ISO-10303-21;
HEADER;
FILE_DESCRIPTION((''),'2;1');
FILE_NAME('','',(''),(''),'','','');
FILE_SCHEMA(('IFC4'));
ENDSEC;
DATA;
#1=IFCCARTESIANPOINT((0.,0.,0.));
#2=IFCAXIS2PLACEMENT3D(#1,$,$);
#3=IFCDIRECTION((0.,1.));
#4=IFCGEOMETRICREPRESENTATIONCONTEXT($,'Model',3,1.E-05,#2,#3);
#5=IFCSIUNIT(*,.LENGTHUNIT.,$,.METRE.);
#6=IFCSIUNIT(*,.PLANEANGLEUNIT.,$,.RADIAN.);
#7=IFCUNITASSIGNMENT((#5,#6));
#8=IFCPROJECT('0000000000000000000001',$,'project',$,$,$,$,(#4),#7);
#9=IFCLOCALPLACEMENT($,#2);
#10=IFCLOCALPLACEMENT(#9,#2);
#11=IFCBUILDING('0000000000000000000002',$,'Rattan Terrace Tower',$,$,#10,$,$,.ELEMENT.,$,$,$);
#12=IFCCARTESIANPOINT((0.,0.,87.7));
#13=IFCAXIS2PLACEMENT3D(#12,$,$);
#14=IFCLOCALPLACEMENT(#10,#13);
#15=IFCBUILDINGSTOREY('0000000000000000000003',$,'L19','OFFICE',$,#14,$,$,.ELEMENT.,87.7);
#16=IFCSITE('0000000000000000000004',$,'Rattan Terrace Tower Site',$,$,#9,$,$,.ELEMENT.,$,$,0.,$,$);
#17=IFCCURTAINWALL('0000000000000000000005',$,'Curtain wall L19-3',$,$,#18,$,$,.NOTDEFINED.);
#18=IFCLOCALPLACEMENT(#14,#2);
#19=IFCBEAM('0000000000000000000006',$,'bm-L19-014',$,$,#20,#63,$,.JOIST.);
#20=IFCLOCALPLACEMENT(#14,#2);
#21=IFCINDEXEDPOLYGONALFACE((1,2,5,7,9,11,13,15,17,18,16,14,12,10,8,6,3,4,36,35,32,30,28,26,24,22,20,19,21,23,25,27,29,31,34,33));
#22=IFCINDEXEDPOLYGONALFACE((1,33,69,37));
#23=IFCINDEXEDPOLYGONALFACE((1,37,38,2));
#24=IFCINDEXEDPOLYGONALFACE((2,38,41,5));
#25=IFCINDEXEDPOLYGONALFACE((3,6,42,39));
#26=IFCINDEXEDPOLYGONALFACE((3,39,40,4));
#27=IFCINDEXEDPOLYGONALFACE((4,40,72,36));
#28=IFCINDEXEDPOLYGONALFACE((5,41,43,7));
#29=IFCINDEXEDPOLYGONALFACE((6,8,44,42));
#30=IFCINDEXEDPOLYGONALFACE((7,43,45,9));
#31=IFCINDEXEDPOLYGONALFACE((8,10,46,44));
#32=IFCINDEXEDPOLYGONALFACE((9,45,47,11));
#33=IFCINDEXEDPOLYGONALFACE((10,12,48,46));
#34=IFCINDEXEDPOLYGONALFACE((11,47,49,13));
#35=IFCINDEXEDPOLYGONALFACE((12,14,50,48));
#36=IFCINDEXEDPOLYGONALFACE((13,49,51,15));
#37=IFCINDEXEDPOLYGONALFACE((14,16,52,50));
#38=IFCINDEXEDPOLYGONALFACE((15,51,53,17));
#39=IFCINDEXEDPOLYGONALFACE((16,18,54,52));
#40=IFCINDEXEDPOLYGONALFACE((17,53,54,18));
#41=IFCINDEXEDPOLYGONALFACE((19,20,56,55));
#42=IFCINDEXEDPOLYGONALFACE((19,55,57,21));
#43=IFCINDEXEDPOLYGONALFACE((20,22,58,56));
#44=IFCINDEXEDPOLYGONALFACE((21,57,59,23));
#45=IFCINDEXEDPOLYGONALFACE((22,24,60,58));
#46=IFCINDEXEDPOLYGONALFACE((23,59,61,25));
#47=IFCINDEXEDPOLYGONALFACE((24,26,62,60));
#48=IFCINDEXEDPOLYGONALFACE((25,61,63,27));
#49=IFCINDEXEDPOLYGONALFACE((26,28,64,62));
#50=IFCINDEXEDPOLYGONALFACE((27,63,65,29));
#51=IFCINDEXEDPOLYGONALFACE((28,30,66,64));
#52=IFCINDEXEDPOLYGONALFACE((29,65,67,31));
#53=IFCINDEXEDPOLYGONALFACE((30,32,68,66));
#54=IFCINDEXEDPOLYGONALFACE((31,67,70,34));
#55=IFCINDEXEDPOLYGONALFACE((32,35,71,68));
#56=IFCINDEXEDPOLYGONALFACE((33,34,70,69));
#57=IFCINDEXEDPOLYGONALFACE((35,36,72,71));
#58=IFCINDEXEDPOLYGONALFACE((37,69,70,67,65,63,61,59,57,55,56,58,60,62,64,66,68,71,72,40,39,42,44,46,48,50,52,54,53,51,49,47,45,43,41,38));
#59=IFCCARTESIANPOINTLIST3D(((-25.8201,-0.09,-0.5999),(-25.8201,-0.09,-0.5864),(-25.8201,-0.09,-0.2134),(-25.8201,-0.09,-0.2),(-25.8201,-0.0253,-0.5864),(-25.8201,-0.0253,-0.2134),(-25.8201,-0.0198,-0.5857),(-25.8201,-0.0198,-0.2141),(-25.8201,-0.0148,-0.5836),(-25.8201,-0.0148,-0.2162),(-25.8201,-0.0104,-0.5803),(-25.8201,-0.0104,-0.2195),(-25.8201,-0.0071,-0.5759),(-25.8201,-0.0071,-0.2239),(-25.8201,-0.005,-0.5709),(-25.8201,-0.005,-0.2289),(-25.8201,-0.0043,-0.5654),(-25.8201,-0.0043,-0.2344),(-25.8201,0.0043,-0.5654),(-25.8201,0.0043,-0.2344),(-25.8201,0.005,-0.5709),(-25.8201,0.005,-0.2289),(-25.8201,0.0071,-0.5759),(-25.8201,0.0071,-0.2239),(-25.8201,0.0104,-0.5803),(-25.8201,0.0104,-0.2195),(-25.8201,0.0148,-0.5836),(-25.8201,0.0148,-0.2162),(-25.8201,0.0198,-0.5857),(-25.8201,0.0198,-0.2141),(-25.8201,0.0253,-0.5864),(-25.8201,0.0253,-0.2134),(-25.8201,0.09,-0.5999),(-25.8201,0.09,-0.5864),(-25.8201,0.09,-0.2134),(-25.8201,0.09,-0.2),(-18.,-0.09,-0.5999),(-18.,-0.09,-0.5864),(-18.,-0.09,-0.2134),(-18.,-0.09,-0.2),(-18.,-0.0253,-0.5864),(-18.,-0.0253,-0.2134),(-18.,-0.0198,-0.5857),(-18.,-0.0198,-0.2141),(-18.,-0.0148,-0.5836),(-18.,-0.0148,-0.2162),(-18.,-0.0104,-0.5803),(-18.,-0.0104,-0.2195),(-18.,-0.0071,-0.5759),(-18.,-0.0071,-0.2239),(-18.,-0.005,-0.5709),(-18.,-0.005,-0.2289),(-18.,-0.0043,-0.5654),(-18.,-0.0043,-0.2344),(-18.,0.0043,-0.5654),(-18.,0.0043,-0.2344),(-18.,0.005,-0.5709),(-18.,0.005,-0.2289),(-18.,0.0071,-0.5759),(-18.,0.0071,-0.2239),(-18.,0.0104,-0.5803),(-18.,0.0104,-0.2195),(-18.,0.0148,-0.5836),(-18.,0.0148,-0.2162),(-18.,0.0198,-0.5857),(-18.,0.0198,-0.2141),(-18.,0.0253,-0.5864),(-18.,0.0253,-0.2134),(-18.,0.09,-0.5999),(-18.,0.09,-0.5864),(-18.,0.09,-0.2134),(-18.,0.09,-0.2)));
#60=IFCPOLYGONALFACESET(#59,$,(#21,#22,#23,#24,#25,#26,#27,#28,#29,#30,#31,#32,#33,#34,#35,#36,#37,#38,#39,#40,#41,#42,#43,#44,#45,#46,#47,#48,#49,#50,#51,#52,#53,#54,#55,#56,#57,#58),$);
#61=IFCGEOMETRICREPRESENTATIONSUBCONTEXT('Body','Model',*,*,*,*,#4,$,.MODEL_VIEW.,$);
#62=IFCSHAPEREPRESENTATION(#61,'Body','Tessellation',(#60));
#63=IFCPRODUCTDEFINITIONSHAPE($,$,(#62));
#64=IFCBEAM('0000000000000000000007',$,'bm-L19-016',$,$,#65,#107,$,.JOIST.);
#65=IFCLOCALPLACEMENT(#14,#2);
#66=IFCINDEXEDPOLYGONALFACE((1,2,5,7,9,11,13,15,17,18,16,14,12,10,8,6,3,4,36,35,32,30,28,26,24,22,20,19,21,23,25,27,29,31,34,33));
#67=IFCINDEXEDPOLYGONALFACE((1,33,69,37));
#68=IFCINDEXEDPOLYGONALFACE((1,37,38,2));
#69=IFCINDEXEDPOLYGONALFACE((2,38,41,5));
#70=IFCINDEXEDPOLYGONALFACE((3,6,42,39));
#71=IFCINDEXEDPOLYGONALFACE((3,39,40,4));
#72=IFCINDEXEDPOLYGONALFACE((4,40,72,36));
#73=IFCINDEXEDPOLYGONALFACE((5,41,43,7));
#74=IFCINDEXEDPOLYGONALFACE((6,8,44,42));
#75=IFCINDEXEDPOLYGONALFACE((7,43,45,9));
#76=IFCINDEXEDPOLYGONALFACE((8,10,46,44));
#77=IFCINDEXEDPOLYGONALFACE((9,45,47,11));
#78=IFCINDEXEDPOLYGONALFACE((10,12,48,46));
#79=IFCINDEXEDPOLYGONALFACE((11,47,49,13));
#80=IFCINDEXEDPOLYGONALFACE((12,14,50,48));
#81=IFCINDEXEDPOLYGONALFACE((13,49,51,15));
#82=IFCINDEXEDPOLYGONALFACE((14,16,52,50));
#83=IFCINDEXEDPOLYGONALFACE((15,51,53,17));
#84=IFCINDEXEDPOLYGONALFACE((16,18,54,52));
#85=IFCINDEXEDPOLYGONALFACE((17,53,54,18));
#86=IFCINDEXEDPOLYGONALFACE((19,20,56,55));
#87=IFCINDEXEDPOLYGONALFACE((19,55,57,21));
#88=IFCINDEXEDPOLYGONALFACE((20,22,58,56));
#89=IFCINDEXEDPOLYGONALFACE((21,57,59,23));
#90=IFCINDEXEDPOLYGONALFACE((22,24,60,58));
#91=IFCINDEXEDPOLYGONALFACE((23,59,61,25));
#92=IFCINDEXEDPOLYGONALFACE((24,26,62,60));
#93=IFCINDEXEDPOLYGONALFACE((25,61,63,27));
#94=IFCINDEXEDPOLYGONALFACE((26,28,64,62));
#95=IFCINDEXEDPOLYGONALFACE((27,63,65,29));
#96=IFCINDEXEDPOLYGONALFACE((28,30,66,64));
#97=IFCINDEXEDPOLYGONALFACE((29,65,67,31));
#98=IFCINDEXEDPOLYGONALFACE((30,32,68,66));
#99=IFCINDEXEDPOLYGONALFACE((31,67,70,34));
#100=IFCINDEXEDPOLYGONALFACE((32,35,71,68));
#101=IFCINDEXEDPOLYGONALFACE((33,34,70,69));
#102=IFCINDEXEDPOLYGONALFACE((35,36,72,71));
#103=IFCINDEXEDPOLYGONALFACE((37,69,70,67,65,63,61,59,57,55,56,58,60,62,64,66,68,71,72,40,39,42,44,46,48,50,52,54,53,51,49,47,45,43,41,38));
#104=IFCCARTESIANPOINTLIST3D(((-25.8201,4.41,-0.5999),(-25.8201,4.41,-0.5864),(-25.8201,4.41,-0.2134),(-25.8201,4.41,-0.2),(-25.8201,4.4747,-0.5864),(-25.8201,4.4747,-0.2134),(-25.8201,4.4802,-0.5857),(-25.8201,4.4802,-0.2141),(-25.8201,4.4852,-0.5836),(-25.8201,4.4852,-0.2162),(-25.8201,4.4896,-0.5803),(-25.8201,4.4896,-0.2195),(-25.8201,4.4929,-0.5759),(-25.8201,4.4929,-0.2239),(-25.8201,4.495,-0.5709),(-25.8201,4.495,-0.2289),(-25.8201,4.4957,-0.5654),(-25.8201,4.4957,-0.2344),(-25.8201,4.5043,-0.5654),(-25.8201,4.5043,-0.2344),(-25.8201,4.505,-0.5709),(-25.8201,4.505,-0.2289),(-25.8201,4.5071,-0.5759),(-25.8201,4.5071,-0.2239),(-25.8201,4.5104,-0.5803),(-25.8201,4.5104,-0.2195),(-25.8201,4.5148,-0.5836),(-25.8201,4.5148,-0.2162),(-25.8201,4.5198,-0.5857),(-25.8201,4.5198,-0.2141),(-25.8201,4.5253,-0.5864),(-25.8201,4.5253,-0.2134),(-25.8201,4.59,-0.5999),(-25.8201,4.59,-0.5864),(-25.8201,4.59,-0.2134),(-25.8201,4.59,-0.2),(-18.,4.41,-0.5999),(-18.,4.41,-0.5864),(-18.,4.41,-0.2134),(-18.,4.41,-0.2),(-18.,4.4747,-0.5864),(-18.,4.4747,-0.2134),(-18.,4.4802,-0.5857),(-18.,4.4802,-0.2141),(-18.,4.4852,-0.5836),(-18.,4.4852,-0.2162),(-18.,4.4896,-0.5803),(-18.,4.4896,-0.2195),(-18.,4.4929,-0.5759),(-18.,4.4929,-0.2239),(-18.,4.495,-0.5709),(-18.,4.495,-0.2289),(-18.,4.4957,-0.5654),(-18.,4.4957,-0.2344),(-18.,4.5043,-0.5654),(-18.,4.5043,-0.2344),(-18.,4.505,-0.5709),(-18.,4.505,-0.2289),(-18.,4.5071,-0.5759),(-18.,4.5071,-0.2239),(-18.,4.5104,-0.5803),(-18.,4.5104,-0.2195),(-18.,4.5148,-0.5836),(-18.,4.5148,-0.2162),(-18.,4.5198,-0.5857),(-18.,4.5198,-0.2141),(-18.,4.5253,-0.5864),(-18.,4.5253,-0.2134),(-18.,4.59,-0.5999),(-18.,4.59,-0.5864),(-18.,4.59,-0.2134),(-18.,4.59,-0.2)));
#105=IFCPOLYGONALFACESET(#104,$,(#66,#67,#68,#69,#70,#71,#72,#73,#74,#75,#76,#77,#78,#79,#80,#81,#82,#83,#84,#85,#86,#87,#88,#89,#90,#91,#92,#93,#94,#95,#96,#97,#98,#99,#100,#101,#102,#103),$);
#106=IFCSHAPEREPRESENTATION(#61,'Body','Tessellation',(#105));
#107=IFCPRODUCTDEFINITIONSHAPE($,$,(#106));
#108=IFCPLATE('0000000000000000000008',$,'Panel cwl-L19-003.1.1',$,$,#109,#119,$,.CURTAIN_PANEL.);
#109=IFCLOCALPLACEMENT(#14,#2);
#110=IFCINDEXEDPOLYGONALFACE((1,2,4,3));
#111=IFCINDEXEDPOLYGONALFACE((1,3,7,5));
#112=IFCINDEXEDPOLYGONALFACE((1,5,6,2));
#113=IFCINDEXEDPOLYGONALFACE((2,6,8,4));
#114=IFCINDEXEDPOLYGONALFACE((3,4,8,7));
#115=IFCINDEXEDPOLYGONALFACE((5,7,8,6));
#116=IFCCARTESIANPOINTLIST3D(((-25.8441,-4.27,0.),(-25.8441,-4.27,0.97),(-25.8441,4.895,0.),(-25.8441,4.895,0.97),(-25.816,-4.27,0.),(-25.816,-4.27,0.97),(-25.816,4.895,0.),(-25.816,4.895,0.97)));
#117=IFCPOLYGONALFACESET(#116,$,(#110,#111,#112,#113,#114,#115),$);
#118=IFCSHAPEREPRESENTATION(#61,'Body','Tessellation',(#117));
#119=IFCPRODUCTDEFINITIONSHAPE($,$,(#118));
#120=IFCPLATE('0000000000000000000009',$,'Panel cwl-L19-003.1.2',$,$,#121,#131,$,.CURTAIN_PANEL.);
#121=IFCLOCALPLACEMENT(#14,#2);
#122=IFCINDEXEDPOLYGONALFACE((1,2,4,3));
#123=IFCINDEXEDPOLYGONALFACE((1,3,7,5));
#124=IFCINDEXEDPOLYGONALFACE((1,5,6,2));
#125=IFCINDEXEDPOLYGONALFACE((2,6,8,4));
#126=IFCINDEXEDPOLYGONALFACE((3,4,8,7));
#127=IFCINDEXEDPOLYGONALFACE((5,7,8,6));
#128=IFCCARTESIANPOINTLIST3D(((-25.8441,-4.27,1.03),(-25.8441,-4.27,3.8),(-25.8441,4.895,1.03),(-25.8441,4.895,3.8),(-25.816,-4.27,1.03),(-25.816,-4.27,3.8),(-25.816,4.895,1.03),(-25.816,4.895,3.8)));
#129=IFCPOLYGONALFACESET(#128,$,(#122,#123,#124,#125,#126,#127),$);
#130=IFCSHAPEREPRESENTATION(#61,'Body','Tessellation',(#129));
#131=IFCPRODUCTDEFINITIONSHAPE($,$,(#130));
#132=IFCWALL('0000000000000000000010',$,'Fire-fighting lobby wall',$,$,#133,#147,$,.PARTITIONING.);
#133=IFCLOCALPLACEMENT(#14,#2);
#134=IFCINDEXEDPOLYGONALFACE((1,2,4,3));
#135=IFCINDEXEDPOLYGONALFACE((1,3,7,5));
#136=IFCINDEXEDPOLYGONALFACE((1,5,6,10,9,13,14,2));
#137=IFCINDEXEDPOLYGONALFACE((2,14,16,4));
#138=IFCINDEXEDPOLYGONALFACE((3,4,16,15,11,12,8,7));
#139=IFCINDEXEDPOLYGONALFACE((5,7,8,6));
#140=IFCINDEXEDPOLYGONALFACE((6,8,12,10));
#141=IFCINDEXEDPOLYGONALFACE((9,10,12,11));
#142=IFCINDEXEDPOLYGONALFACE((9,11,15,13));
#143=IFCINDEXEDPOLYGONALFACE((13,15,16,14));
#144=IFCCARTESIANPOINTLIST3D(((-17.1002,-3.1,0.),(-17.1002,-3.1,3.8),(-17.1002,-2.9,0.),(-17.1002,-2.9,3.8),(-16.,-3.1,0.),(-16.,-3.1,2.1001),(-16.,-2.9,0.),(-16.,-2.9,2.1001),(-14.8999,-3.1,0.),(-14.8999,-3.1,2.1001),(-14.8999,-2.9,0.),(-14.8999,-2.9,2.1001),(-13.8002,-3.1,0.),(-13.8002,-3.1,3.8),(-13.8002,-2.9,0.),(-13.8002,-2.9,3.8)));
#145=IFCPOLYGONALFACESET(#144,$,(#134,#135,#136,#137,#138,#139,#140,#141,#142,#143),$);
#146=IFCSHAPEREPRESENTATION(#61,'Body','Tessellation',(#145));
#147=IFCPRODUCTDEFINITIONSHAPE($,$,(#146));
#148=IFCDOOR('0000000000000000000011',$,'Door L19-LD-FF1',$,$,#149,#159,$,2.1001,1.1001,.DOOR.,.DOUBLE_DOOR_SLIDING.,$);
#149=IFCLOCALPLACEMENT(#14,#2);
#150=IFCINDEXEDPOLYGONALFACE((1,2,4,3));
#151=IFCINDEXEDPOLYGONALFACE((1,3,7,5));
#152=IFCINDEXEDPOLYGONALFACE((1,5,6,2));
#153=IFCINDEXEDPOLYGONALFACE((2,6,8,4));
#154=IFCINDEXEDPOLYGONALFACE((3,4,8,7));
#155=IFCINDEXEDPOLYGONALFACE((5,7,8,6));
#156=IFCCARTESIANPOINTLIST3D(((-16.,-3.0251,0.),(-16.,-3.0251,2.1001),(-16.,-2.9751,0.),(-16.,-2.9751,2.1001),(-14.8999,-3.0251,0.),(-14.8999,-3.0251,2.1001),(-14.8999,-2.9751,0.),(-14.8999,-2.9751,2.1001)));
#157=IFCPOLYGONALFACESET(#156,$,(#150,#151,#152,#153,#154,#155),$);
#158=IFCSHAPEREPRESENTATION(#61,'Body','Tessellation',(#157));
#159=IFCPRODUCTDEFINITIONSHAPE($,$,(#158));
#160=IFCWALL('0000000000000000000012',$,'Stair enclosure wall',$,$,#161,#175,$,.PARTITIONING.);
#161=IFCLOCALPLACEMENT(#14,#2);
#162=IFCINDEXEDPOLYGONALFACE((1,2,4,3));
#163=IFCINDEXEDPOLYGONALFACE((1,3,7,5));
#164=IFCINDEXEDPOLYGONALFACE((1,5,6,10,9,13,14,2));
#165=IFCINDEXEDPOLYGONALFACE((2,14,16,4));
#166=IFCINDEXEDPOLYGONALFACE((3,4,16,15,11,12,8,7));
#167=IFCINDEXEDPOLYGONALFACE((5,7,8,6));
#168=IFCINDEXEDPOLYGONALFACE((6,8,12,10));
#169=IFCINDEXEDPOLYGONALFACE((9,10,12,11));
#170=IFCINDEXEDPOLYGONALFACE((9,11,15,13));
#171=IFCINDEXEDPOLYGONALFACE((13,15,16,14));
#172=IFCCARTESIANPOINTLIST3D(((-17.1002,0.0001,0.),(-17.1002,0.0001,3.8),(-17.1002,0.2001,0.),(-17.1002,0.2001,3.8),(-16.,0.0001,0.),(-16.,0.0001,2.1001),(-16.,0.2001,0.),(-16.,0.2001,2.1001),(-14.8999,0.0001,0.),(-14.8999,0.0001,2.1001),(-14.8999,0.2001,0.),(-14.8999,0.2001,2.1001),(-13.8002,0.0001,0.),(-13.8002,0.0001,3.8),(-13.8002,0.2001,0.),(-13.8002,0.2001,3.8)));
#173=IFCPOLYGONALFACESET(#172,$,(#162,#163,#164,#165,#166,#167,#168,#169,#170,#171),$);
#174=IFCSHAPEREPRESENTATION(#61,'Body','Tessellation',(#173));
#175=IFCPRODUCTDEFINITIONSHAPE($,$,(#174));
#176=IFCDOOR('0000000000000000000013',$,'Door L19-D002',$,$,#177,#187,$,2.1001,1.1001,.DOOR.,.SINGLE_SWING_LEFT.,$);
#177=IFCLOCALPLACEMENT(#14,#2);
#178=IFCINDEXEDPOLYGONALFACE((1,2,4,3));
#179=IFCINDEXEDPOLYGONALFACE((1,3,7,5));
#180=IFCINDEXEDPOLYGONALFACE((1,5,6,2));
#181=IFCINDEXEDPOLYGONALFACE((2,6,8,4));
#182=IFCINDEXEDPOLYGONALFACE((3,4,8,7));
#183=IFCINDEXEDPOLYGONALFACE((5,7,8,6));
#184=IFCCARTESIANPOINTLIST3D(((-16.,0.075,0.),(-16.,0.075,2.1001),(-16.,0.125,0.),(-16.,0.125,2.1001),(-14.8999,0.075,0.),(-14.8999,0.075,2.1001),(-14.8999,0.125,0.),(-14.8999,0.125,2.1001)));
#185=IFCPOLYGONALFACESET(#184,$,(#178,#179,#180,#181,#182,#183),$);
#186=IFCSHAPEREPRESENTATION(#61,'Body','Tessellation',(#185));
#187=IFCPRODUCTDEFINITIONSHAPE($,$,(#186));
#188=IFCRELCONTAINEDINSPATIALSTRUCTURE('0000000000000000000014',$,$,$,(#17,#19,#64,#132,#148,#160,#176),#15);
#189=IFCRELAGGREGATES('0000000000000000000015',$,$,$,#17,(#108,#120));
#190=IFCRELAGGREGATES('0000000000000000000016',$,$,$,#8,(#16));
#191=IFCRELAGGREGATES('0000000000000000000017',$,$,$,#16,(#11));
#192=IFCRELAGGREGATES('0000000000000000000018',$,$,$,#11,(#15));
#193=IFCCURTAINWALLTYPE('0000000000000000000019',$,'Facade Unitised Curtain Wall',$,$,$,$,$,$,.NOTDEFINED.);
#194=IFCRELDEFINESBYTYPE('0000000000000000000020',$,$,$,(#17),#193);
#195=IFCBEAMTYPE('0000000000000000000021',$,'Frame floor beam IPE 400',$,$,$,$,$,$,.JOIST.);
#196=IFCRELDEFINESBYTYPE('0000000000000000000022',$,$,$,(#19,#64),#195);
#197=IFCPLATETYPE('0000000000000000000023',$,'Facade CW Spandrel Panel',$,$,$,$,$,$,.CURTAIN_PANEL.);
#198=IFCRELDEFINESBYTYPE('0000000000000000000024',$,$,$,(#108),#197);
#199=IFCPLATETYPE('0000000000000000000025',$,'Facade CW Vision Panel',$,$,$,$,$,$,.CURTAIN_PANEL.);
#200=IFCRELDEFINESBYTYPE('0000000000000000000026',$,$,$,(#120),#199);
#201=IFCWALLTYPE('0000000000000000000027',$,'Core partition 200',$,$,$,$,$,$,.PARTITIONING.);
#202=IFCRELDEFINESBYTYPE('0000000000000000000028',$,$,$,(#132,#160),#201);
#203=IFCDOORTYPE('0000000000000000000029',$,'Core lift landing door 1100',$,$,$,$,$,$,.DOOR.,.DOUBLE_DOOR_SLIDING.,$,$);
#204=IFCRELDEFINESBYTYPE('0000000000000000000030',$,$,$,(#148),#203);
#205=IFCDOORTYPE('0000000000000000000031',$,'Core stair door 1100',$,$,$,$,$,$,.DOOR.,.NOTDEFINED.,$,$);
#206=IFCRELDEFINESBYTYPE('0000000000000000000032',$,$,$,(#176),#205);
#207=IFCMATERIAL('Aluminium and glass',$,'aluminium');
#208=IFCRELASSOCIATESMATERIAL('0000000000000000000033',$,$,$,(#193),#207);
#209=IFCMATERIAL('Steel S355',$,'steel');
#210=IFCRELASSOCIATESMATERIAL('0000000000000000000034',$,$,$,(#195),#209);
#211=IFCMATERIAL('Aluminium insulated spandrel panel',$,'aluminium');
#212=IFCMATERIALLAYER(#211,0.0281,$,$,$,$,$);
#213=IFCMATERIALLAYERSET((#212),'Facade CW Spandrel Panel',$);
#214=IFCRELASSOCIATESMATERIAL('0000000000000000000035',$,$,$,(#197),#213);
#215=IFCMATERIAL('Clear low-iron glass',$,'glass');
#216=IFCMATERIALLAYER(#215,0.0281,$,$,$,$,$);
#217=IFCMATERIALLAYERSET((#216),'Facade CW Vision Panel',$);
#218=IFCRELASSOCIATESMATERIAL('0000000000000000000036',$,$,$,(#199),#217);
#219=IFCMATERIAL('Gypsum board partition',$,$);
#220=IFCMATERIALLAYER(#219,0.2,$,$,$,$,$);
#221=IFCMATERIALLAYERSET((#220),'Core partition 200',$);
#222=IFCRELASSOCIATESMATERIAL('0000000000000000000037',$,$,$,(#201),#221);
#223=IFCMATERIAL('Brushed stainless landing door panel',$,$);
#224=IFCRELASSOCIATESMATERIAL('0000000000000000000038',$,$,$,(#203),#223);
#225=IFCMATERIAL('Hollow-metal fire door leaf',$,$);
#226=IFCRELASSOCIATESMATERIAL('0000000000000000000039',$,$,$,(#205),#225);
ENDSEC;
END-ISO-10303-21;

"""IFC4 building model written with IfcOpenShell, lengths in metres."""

from ifc_helpers import new_model, si_unit, direction, frame, frame_2d, origin, origin_2d, place, context, subcontext, project, spatial, rectangle, i_section, extrude, material, layer, layer_set, material_profile, profile_set, type_object, element, fill, aggregate, save


model = new_model("IFC4")

# Units and contexts
model_context = context("Model", 3, precision=1e-05, world=origin(), true_north=direction((0.0, 1.0)))
body_context = subcontext(model_context, "Body", "Model", "MODEL_VIEW")
ifc_project = project(units=[si_unit("LENGTHUNIT", "METRE"), si_unit("PLANEANGLEUNIT", "RADIAN")], contexts=[model_context])

# Site, building, storey
site_placement = place(None, origin())
site = spatial("IfcSite", under=ifc_project, at=site_placement, Name="Rattan Terrace Tower Site", CompositionType="ELEMENT", RefElevation=0.0)
building_placement = place(site_placement, origin())
building = spatial("IfcBuilding", under=site, at=building_placement, Name="Rattan Terrace Tower", CompositionType="ELEMENT")
storey_placement = place(building_placement, frame((0.0, 0.0, 87.7)))
storey = spatial("IfcBuildingStorey", under=building, at=storey_placement, Name="L19", Description="OFFICE", CompositionType="ELEMENT", Elevation=87.7)

# Curtain wall
ifc_material_1 = material(Name="Aluminium and glass", Category="aluminium")
curtain_wall_type = type_object("IfcCurtainWallType", Name="Facade Unitised Curtain Wall", PredefinedType="NOTDEFINED", material=ifc_material_1)
curtain_wall_placement = place(storey_placement, origin())
curtain_wall = element("IfcCurtainWall", 1, at=curtain_wall_placement, inside=storey, type_object=curtain_wall_type, Name="Curtain wall L19-3", PredefinedType="NOTDEFINED")

# Beams
ifc_material_2 = material(Name="Steel S355", Category="steel")
ifc_material_profile_1 = material_profile(ifc_material_2, i_section(OverallWidth=0.1799, OverallDepth=0.3999, WebThickness=0.0085, FlangeThickness=0.0134, FilletRadius=0.021, at=origin_2d()), Name="IPE 400")
ifc_profile_set_1 = profile_set([ifc_material_profile_1], Name="Steel S355")
beam_type_1 = type_object("IfcBeamType", Name="Frame floor beam IPE 400", PredefinedType="JOIST", material=ifc_profile_set_1)
for number, where, z_axis, x_axis, name in (
    (2, (-25.8201, 0.0, -0.3999), (1.0, 0.0, 0.0), (0.0, 1.0, 0.0), "bm-L19-014"),
    (3, (-25.8201, 4.5, -0.3999), (1.0, 0.0, 0.0), (0.0, 1.0, 0.0), "bm-L19-016"),
):
    element("IfcBeam", number, at=place(storey_placement, frame(where, z_axis=z_axis, x_axis=x_axis)), inside=storey, type_object=beam_type_1, Name=name, PredefinedType="JOIST", context=body_context, shape_type="SweptSolid", body=[
        extrude(i_section(OverallWidth=0.1799, OverallDepth=0.3999, WebThickness=0.0085, FlangeThickness=0.0134, FilletRadius=0.021, at=origin_2d()), origin(), (0.0, 0.0, 1.0), 7.8201),
    ])

# Plates
ifc_material_3 = material(Name="Aluminium insulated spandrel panel", Category="aluminium")
ifc_layer_1 = layer(ifc_material_3, 0.0281)
ifc_layer_set_1 = layer_set([ifc_layer_1], Name="Facade CW Spandrel Panel")
plate_type_1 = type_object("IfcPlateType", Name="Facade CW Spandrel Panel", PredefinedType="CURTAIN_PANEL", material=ifc_layer_set_1)
plate_1_placement = place(storey_placement, frame((-25.8301, 0.3125, 0.0), z_axis=(0.0, 0.0, 1.0), x_axis=(0.0, -1.0, 0.0)))
plate_1 = element("IfcPlate", 4, at=plate_1_placement, type_object=plate_type_1, Name="Panel cwl-L19-003.1.1", PredefinedType="CURTAIN_PANEL", context=body_context, shape_type="SweptSolid", body=[
    extrude(rectangle(XDim=9.165, YDim=0.0281, at=origin_2d()), origin(), (0.0, 0.0, 1.0), 0.97),
])
ifc_material_4 = material(Name="Clear low-iron glass", Category="glass")
ifc_layer_2 = layer(ifc_material_4, 0.0281)
ifc_layer_set_2 = layer_set([ifc_layer_2], Name="Facade CW Vision Panel")
plate_type_2 = type_object("IfcPlateType", Name="Facade CW Vision Panel", PredefinedType="CURTAIN_PANEL", material=ifc_layer_set_2)
plate_2_placement = place(storey_placement, frame((-25.8301, 0.3125, 1.03), z_axis=(0.0, 0.0, 1.0), x_axis=(0.0, -1.0, 0.0)))
plate_2 = element("IfcPlate", 5, at=plate_2_placement, type_object=plate_type_2, Name="Panel cwl-L19-003.1.2", PredefinedType="CURTAIN_PANEL", context=body_context, shape_type="SweptSolid", body=[
    extrude(rectangle(XDim=9.165, YDim=0.0281, at=origin_2d()), origin(), (0.0, 0.0, 1.0), 2.77),
])
aggregate(curtain_wall, [plate_1, plate_2])

# Walls, openings, doors
ifc_material_5 = material(Name="Gypsum board partition")
ifc_layer_3 = layer(ifc_material_5, 0.2)
ifc_layer_set_3 = layer_set([ifc_layer_3], Name="Core partition 200")
wall_type_1 = type_object("IfcWallType", Name="Core partition 200", PredefinedType="PARTITIONING", material=ifc_layer_set_3)
wall_1_placement = place(storey_placement, frame((-17.1001, -3.0, 0.0), z_axis=(0.0, 0.0, 1.0), x_axis=(1.0, 0.0, 0.0)))
wall_1 = element("IfcWall", 6, at=wall_1_placement, inside=storey, type_object=wall_type_1, Name="Fire-fighting lobby wall", PredefinedType="PARTITIONING", context=body_context, shape_type="SweptSolid", body=[
    extrude(rectangle(XDim=3.3, YDim=0.2, at=frame_2d((1.6499, 0.0))), origin(), (0.0, 0.0, 1.0), 3.8),
])
opening_1_placement = place(wall_1_placement, frame((1.1001, 0.0, 0.0)))
opening_1 = element("IfcOpeningElement", 7, at=opening_1_placement, cuts=wall_1, PredefinedType="OPENING", context=body_context, shape_type="SweptSolid", body=[
    extrude(rectangle(XDim=1.1001, YDim=2.1001, at=frame_2d((0.55, 1.05))), frame((0.0, 0.1106, 0.0), z_axis=(0.0, -1.0, 0.0), x_axis=(1.0, 0.0, 0.0)), (0.0, 0.0, 1.0), 0.2209),
])
ifc_material_6 = material(Name="Brushed stainless landing door panel")
door_type_1 = type_object("IfcDoorType", Name="Core lift landing door 1100", OperationType="DOUBLE_DOOR_SLIDING", PredefinedType="DOOR", material=ifc_material_6)
door_1_placement = place(opening_1_placement, origin())
door_1 = element("IfcDoor", 8, at=door_1_placement, inside=storey, type_object=door_type_1, Name="Door L19-LD-FF1", OperationType="DOUBLE_DOOR_SLIDING", OverallHeight=2.1001, OverallWidth=1.1001, PredefinedType="DOOR", context=body_context, shape_type="SweptSolid", body=[
    extrude(rectangle(XDim=1.1001, YDim=2.1001, at=frame_2d((0.55, 1.05))), frame((0.0, 0.0249, 0.0), z_axis=(0.0, -1.0, 0.0), x_axis=(1.0, 0.0, 0.0)), (0.0, 0.0, 1.0), 0.05),
])
fill(opening_1, door_1)
wall_2_placement = place(storey_placement, frame((-17.1001, 0.1001, 0.0), z_axis=(0.0, 0.0, 1.0), x_axis=(1.0, 0.0, 0.0)))
wall_2 = element("IfcWall", 9, at=wall_2_placement, inside=storey, type_object=wall_type_1, Name="Stair enclosure wall", PredefinedType="PARTITIONING", context=body_context, shape_type="SweptSolid", body=[
    extrude(rectangle(XDim=3.3, YDim=0.2, at=frame_2d((1.6499, 0.0))), origin(), (0.0, 0.0, 1.0), 3.8),
])
opening_2_placement = place(wall_2_placement, frame((1.1001, 0.0, 0.0)))
opening_2 = element("IfcOpeningElement", 10, at=opening_2_placement, cuts=wall_2, PredefinedType="OPENING", context=body_context, shape_type="SweptSolid", body=[
    extrude(rectangle(XDim=1.1001, YDim=2.1001, at=frame_2d((0.55, 1.05))), frame((0.0, 0.1106, 0.0), z_axis=(0.0, -1.0, 0.0), x_axis=(1.0, 0.0, 0.0)), (0.0, 0.0, 1.0), 0.2209),
])
ifc_material_7 = material(Name="Hollow-metal fire door leaf")
door_type_2 = type_object("IfcDoorType", Name="Core stair door 1100", OperationType="NOTDEFINED", PredefinedType="DOOR", material=ifc_material_7)
door_2_placement = place(opening_2_placement, origin())
door_2 = element("IfcDoor", 11, at=door_2_placement, inside=storey, type_object=door_type_2, Name="Door L19-D002", OperationType="SINGLE_SWING_LEFT", OverallHeight=2.1001, OverallWidth=1.1001, PredefinedType="DOOR", context=body_context, shape_type="SweptSolid", body=[
    extrude(rectangle(XDim=1.1001, YDim=2.1001, at=frame_2d((0.55, 1.05))), frame((0.0, 0.0249, 0.0), z_axis=(0.0, -1.0, 0.0), x_axis=(1.0, 0.0, 0.0)), (0.0, 0.0, 1.0), 0.05),
])
fill(opening_2, door_2)

save(model, "model.ifc")
